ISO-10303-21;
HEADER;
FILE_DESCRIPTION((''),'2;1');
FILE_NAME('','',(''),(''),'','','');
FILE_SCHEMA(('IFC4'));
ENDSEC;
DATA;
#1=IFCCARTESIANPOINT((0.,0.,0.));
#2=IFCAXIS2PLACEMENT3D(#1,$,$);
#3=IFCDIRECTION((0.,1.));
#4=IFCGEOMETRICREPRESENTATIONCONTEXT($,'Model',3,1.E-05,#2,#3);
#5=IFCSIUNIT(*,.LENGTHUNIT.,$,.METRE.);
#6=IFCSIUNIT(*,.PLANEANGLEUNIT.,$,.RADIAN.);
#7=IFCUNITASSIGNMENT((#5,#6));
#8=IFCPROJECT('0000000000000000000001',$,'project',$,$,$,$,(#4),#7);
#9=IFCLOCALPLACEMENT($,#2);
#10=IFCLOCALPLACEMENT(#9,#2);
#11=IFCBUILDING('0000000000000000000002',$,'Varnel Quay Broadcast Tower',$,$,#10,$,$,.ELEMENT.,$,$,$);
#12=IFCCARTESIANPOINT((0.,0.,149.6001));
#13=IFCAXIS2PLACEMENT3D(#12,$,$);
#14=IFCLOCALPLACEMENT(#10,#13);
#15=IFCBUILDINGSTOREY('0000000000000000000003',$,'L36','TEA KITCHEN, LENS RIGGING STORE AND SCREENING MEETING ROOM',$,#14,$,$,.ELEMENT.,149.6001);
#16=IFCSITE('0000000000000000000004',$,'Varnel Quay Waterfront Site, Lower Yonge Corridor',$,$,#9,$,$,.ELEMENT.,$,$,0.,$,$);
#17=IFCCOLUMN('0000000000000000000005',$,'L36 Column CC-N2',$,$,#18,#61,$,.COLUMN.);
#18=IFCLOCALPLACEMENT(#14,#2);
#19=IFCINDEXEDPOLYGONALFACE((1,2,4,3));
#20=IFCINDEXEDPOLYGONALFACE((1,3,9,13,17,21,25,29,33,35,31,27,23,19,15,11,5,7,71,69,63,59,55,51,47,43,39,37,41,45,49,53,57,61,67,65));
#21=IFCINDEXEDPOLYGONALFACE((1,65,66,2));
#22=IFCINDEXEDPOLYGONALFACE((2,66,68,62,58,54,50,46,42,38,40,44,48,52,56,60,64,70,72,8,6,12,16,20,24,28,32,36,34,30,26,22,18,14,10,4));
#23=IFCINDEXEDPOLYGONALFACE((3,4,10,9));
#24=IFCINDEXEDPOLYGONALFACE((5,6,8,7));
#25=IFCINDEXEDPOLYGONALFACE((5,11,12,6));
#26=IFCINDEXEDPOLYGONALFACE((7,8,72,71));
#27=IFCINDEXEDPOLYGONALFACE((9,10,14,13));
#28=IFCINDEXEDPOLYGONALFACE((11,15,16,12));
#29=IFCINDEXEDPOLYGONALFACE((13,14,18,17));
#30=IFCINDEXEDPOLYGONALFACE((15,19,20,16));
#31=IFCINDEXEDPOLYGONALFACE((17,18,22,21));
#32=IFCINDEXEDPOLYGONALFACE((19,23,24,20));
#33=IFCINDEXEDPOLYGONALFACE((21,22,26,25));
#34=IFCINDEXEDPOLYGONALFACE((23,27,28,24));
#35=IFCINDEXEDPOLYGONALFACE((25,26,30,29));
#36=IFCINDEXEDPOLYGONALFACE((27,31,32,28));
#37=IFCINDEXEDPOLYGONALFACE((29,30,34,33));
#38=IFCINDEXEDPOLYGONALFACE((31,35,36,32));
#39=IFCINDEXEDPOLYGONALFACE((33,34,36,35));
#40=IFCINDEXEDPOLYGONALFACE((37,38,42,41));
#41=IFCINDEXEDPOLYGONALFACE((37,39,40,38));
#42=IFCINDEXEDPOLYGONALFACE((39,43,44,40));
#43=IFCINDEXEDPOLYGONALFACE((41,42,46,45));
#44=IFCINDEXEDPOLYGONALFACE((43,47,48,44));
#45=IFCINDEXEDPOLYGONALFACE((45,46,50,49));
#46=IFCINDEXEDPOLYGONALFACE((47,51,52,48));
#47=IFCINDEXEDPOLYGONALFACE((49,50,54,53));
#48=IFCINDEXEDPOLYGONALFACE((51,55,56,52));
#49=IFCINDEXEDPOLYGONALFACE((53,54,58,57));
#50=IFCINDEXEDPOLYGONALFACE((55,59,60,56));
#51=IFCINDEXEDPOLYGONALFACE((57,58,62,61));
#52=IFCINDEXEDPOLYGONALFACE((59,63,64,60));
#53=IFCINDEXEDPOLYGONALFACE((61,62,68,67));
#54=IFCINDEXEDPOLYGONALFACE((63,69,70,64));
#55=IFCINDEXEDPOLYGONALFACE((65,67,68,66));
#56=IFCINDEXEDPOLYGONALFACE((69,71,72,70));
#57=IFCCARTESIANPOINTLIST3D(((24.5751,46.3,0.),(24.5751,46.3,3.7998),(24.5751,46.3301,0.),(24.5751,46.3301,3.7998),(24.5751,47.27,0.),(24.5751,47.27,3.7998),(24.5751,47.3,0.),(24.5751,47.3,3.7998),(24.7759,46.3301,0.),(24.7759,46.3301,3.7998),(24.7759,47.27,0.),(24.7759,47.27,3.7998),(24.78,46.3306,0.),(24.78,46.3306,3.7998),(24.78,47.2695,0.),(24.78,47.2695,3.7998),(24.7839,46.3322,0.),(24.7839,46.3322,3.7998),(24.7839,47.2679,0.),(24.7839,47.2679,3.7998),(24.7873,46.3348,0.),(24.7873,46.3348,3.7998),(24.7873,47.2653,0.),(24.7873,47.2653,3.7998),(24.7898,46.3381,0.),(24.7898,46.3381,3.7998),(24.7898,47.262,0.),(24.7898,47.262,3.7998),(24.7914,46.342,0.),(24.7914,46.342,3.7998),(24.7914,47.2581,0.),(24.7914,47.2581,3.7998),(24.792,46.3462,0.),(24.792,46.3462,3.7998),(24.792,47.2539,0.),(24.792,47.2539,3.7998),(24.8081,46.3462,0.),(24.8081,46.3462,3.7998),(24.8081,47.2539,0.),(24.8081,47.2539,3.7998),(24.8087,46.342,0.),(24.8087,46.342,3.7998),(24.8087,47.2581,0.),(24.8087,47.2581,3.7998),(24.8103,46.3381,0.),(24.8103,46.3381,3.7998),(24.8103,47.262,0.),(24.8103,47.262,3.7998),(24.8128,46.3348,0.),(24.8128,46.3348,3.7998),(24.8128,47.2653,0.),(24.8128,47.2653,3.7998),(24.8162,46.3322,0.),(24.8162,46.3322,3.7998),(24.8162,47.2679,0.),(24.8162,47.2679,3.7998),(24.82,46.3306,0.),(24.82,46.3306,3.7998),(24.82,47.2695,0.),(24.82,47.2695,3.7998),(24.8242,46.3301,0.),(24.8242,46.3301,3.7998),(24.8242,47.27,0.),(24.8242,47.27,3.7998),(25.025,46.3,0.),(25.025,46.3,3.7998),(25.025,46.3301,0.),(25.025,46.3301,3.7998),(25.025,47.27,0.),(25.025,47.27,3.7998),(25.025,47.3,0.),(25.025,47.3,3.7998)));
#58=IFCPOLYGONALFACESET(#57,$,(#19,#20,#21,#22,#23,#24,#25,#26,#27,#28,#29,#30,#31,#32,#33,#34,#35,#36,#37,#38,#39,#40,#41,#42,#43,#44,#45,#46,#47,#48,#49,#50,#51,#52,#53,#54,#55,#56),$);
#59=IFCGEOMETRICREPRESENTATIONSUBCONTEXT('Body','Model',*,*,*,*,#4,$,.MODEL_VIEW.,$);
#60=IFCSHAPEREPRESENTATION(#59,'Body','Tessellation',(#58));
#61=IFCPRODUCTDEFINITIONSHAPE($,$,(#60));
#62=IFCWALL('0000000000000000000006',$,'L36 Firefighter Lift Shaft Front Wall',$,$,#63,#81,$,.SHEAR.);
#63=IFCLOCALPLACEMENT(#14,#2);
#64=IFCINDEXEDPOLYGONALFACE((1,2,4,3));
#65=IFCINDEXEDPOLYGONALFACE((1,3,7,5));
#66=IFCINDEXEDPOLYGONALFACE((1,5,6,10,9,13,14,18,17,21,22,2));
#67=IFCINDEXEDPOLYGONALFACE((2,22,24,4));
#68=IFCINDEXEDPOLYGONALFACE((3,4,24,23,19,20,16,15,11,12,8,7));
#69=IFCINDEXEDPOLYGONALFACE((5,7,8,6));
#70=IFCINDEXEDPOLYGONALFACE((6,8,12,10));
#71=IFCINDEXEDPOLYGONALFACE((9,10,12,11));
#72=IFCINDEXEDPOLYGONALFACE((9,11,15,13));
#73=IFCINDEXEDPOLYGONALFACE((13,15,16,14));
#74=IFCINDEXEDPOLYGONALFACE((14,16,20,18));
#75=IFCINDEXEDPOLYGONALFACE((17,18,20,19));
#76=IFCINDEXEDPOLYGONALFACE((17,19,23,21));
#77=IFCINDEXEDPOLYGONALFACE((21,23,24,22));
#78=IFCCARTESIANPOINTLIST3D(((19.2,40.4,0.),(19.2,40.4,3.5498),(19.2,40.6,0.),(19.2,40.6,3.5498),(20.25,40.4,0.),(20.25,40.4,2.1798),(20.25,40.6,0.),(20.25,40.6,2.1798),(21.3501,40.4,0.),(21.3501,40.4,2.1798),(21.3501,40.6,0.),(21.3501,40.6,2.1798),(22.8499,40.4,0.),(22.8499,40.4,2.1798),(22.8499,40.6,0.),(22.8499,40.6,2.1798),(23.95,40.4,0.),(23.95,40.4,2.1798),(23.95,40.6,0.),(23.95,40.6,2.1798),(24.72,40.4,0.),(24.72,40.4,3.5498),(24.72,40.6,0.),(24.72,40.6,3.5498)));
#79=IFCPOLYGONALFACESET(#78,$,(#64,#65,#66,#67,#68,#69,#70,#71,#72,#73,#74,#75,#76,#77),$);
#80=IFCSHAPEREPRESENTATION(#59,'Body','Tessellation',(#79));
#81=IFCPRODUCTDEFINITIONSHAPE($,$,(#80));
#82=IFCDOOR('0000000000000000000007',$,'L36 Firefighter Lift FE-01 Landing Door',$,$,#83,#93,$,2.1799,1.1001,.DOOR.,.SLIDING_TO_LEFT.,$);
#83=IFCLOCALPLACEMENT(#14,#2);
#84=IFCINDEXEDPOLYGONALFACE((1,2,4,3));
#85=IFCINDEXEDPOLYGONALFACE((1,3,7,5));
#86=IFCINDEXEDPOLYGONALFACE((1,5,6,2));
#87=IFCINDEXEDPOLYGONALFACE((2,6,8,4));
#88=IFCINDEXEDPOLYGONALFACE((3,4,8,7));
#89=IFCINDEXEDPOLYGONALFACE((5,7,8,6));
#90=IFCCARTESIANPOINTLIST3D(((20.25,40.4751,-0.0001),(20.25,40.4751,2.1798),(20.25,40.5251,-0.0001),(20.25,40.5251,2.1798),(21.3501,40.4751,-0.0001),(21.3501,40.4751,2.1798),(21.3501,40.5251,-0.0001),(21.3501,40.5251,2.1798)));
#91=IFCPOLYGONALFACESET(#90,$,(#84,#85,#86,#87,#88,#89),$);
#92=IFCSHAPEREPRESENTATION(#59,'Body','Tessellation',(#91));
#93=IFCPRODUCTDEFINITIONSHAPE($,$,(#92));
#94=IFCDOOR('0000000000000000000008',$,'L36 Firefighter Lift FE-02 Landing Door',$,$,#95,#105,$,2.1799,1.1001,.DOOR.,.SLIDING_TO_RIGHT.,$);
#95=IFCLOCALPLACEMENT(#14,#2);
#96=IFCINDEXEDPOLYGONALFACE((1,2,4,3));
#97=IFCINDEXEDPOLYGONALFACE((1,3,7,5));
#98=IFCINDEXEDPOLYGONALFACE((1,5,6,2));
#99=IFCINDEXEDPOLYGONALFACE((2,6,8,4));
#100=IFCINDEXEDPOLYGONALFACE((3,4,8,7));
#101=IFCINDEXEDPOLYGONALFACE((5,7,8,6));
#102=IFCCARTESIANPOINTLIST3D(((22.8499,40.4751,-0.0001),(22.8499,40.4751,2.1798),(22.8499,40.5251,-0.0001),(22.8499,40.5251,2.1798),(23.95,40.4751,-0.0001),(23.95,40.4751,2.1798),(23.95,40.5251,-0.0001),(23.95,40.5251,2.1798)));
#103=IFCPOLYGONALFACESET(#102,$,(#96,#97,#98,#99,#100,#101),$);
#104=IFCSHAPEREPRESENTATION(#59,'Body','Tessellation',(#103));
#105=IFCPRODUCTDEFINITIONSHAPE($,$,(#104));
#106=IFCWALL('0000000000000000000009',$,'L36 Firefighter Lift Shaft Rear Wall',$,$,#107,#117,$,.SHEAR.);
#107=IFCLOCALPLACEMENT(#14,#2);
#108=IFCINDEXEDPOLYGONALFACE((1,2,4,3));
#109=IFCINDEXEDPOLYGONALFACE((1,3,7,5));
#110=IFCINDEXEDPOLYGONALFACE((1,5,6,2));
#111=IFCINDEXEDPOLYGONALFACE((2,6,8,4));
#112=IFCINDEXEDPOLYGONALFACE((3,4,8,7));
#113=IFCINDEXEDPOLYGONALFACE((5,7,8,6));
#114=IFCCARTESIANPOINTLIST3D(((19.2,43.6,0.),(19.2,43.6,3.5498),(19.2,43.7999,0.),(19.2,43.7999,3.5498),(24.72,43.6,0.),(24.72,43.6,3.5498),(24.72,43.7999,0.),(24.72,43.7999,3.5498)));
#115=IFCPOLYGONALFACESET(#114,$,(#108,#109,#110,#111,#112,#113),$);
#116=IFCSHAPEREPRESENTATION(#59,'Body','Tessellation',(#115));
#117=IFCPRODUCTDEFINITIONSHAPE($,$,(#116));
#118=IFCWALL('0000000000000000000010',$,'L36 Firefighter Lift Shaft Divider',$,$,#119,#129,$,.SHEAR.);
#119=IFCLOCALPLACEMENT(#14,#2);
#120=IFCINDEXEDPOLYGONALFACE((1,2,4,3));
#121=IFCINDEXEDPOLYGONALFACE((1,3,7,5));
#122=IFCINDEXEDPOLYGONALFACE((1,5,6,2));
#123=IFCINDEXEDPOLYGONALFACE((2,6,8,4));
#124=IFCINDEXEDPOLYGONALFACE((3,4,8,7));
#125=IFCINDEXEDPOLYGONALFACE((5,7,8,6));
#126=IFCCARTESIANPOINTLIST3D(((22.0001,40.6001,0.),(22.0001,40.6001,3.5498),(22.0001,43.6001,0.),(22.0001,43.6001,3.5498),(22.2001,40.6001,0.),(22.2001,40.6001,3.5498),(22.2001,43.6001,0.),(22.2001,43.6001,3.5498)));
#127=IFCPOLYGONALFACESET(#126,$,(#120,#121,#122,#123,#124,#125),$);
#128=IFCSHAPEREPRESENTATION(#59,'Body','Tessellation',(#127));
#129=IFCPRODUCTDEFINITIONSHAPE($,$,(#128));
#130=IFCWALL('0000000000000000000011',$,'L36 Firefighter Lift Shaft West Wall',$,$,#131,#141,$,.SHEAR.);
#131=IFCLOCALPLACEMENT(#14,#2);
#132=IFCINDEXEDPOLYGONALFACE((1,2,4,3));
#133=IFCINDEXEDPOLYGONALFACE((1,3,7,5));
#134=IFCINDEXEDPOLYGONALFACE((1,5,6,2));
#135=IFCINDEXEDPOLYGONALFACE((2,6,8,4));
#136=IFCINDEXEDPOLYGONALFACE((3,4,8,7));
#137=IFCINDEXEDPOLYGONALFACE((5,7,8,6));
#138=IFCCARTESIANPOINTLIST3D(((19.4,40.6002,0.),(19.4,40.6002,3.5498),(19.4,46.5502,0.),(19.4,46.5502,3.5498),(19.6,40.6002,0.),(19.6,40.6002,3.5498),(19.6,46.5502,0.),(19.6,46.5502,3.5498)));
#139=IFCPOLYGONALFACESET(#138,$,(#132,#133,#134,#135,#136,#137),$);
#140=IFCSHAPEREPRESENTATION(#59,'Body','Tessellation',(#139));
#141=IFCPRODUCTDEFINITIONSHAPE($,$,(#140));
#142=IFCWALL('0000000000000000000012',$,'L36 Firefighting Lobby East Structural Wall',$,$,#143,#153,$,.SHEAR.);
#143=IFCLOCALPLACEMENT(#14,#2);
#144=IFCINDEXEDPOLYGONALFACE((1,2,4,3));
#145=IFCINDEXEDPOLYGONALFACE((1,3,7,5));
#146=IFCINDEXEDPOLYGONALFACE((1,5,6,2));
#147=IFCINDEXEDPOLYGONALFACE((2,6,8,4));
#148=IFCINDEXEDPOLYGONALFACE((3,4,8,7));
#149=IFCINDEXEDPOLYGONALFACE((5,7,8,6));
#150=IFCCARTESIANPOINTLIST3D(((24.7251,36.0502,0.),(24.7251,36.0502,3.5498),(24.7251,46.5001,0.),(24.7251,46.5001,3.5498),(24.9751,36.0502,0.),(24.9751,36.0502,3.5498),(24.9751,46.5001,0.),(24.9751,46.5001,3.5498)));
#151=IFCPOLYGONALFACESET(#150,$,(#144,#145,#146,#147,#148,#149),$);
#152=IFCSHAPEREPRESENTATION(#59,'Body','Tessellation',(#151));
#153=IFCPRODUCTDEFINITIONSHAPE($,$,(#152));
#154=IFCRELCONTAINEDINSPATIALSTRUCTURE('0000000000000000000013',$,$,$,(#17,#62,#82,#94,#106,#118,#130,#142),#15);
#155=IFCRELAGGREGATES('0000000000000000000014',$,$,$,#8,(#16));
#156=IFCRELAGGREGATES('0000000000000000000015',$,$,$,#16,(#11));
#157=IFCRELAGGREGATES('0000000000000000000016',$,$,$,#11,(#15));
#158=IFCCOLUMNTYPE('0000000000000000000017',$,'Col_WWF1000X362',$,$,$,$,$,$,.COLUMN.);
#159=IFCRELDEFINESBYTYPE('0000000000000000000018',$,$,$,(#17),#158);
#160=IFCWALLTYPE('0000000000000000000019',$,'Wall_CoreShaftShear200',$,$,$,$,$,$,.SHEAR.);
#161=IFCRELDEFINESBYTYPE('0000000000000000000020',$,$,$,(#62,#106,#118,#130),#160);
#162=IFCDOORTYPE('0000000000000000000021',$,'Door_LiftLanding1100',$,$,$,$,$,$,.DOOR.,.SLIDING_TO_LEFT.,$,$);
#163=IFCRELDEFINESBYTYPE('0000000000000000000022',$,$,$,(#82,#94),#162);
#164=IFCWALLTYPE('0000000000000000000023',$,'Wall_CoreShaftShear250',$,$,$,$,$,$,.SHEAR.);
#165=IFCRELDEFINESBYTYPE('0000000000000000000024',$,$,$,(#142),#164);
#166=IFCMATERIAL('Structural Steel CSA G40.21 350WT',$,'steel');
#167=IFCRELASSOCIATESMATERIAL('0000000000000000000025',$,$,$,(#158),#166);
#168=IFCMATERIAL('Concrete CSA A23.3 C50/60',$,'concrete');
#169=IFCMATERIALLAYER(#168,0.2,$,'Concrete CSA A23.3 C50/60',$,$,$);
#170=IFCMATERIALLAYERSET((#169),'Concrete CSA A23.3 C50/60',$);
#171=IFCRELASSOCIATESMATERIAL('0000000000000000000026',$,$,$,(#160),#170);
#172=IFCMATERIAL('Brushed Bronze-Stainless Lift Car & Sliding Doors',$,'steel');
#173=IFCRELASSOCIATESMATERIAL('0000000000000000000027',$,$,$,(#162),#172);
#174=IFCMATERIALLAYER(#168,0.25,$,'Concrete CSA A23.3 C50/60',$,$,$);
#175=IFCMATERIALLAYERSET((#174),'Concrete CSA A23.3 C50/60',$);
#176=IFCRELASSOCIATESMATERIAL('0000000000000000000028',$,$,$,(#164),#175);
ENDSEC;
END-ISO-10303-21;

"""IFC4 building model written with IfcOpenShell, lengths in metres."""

from ifc_helpers import new_model, si_unit, direction, frame, frame_2d, origin, origin_2d, place, context, subcontext, project, spatial, rectangle, i_section, extrude, source, transform, mapped, material, layer, layer_set, material_profile, profile_set, type_object, type_shapes, element, fill, save


model = new_model("IFC4")

# Units and contexts
model_context = context("Model", 3, precision=1e-05, world=origin(), true_north=direction((0.0, 1.0)))
body_context = subcontext(model_context, "Body", "Model", "MODEL_VIEW")
ifc_project = project(units=[si_unit("LENGTHUNIT", "METRE"), si_unit("PLANEANGLEUNIT", "RADIAN")], contexts=[model_context])

# Site, building, storey
site_placement = place(None, origin())
site = spatial("IfcSite", under=ifc_project, at=site_placement, Name="Varnel Quay Waterfront Site, Lower Yonge Corridor", CompositionType="ELEMENT", RefElevation=0.0)
building_placement = place(site_placement, origin())
building = spatial("IfcBuilding", under=site, at=building_placement, Name="Varnel Quay Broadcast Tower", CompositionType="ELEMENT")
storey_placement = place(building_placement, frame((0.0, 0.0, 149.6001)))
storey = spatial("IfcBuildingStorey", under=building, at=storey_placement, Name="L36", Description="TEA KITCHEN, LENS RIGGING STORE AND SCREENING MEETING ROOM", CompositionType="ELEMENT", Elevation=149.6001)

# Column
ifc_material_1 = material(Name="Structural Steel CSA G40.21 350WT", Category="steel")
ifc_material_profile = material_profile(ifc_material_1, i_section(OverallWidth=0.45, OverallDepth=1.0, WebThickness=0.0161, FlangeThickness=0.03, FilletRadius=0.0161, at=origin_2d()), Name="WWF1000X362")
ifc_profile_set = profile_set([ifc_material_profile], Name="Structural Steel CSA G40.21 350WT")
column_type = type_object("IfcColumnType", Name="Col_WWF1000X362", PredefinedType="COLUMN", material=ifc_profile_set)
shared_shape_1 = source(origin(), body_context, "Body", "SweptSolid", [
    extrude(i_section(OverallWidth=0.45, OverallDepth=1.0, WebThickness=0.0161, FlangeThickness=0.03, FilletRadius=0.0161, at=origin_2d()), origin(), (0.0, 0.0, 1.0), 3.7998),
])
type_shapes(column_type, [shared_shape_1])
column_placement = place(storey_placement, frame((24.8, 46.8, 0.0), z_axis=(0.0, 0.0, 1.0), x_axis=(1.0, 0.0, 0.0)))
element("IfcColumn", 1, at=column_placement, inside=storey, type_object=column_type, Name="L36 Column CC-N2", PredefinedType="COLUMN", context=body_context, shape_type="MappedRepresentation", body=[
    mapped(shared_shape_1, transform((0.0, 0.0, 0.0), x_axis=(1.0, 0.0, 0.0), y_axis=(0.0, 1.0, 0.0), z_axis=(0.0, 0.0, 1.0), scale=1.0)),
])

# Wall, openings, doors
ifc_material_2 = material(Name="Concrete CSA A23.3 C50/60", Category="concrete")
ifc_layer_1 = layer(ifc_material_2, 0.2, Name="Concrete CSA A23.3 C50/60")
ifc_layer_set_1 = layer_set([ifc_layer_1], Name="Concrete CSA A23.3 C50/60")
wall_type_1 = type_object("IfcWallType", Name="Wall_CoreShaftShear200", PredefinedType="SHEAR", material=ifc_layer_set_1)
wall_1_placement = place(storey_placement, frame((19.2, 40.5, 0.0), z_axis=(0.0, 0.0, 1.0), x_axis=(1.0, 0.0, 0.0)))
wall_1 = element("IfcWall", 2, at=wall_1_placement, inside=storey, type_object=wall_type_1, Name="L36 Firefighter Lift Shaft Front Wall", PredefinedType="SHEAR", context=body_context, shape_type="SweptSolid", body=[
    extrude(rectangle(XDim=5.52, YDim=0.2, at=frame_2d((2.76, 0.0))), origin(), (0.0, 0.0, 1.0), 3.5498),
])
opening_1_placement = place(wall_1_placement, frame((1.05, 0.0, 0.0)))
opening_1 = element("IfcOpeningElement", 3, at=opening_1_placement, cuts=wall_1, PredefinedType="OPENING", context=body_context, shape_type="SweptSolid", body=[
    extrude(rectangle(XDim=1.1001, YDim=2.1799, at=frame_2d((0.55, 1.0898))), frame((0.0, 0.1099, 0.0), z_axis=(0.0, -1.0, 0.0), x_axis=(1.0, 0.0, 0.0)), (0.0, 0.0, 1.0), 0.22),
])
opening_2_placement = place(wall_1_placement, frame((3.6499, 0.0, 0.0)))
opening_2 = element("IfcOpeningElement", 4, at=opening_2_placement, cuts=wall_1, PredefinedType="OPENING", context=body_context, shape_type="SweptSolid", body=[
    extrude(rectangle(XDim=1.1001, YDim=2.1799, at=frame_2d((0.55, 1.0898))), frame((0.0, 0.1099, 0.0), z_axis=(0.0, -1.0, 0.0), x_axis=(1.0, 0.0, 0.0)), (0.0, 0.0, 1.0), 0.22),
])
ifc_material_3 = material(Name="Brushed Bronze-Stainless Lift Car & Sliding Doors", Category="steel")
door_type_1 = type_object("IfcDoorType", Name="Door_LiftLanding1100", OperationType="SLIDING_TO_LEFT", PredefinedType="DOOR", material=ifc_material_3)
shared_shape_2 = source(origin(), body_context, "Body", "SweptSolid", [
    extrude(rectangle(XDim=1.1001, YDim=2.1799, at=frame_2d((0.55, 1.0898))), frame((0.0, 0.0249, 0.0), z_axis=(0.0, -1.0, 0.0), x_axis=(1.0, 0.0, 0.0)), (0.0, 0.0, 1.0), 0.05),
])
type_shapes(door_type_1, [shared_shape_2])
door_1_placement = place(opening_1_placement, frame((1.1001, 0.0, 0.0), z_axis=(0.0, 0.0, 1.0), x_axis=(-1.0, 0.0, 0.0)))
door_1 = element("IfcDoor", 5, at=door_1_placement, inside=storey, type_object=door_type_1, Name="L36 Firefighter Lift FE-01 Landing Door", OperationType="SLIDING_TO_LEFT", OverallHeight=2.1799, OverallWidth=1.1001, PredefinedType="DOOR", context=body_context, shape_type="MappedRepresentation", body=[
    mapped(shared_shape_2, transform((0.0, 0.0, 0.0), x_axis=(1.0, 0.0, 0.0), y_axis=(0.0, 1.0, 0.0), z_axis=(0.0, 0.0, 1.0), scale=1.0)),
])
fill(opening_1, door_1)
door_2_placement = place(opening_2_placement, frame((1.1001, 0.0, 0.0), z_axis=(0.0, 0.0, 1.0), x_axis=(-1.0, 0.0, 0.0)))
door_2 = element("IfcDoor", 6, at=door_2_placement, inside=storey, type_object=door_type_1, Name="L36 Firefighter Lift FE-02 Landing Door", OperationType="SLIDING_TO_RIGHT", OverallHeight=2.1799, OverallWidth=1.1001, PredefinedType="DOOR", context=body_context, shape_type="MappedRepresentation", body=[
    mapped(shared_shape_2, transform((0.0, 0.0, 0.0), x_axis=(1.0, 0.0, 0.0), y_axis=(0.0, 1.0, 0.0), z_axis=(0.0, 0.0, 1.0), scale=1.0)),
])
fill(opening_2, door_2)

# Walls
wall_2_placement = place(storey_placement, frame((19.2, 43.7, 0.0), z_axis=(0.0, 0.0, 1.0), x_axis=(1.0, 0.0, 0.0)))
element("IfcWall", 7, at=wall_2_placement, inside=storey, type_object=wall_type_1, Name="L36 Firefighter Lift Shaft Rear Wall", PredefinedType="SHEAR", context=body_context, shape_type="SweptSolid", body=[
    extrude(rectangle(XDim=5.52, YDim=0.2, at=frame_2d((2.76, 0.0))), origin(), (0.0, 0.0, 1.0), 3.5498),
])
wall_3_placement = place(storey_placement, frame((22.1001, 40.6001, 0.0), z_axis=(0.0, 0.0, 1.0), x_axis=(0.0, 1.0, 0.0)))
element("IfcWall", 8, at=wall_3_placement, inside=storey, type_object=wall_type_1, Name="L36 Firefighter Lift Shaft Divider", PredefinedType="SHEAR", context=body_context, shape_type="SweptSolid", body=[
    extrude(rectangle(XDim=3.0, YDim=0.2, at=frame_2d((1.5, 0.0))), origin(), (0.0, 0.0, 1.0), 3.5498),
])
wall_4_placement = place(storey_placement, frame((19.5, 40.6001, 0.0), z_axis=(0.0, 0.0, 1.0), x_axis=(0.0, 1.0, 0.0)))
element("IfcWall", 9, at=wall_4_placement, inside=storey, type_object=wall_type_1, Name="L36 Firefighter Lift Shaft West Wall", PredefinedType="SHEAR", context=body_context, shape_type="SweptSolid", body=[
    extrude(rectangle(XDim=5.95, YDim=0.2, at=frame_2d((2.9751, 0.0))), origin(), (0.0, 0.0, 1.0), 3.5498),
])
ifc_layer_2 = layer(ifc_material_2, 0.25, Name="Concrete CSA A23.3 C50/60")
ifc_layer_set_2 = layer_set([ifc_layer_2], Name="Concrete CSA A23.3 C50/60")
wall_type_2 = type_object("IfcWallType", Name="Wall_CoreShaftShear250", PredefinedType="SHEAR", material=ifc_layer_set_2)
wall_5_placement = place(storey_placement, frame((24.8501, 36.05, 0.0), z_axis=(0.0, 0.0, 1.0), x_axis=(0.0, 1.0, 0.0)))
element("IfcWall", 10, at=wall_5_placement, inside=storey, type_object=wall_type_2, Name="L36 Firefighting Lobby East Structural Wall", PredefinedType="SHEAR", context=body_context, shape_type="SweptSolid", body=[
    extrude(rectangle(XDim=10.45, YDim=0.25, at=frame_2d((5.2251, 0.0))), origin(), (0.0, 0.0, 1.0), 3.5498),
])

save(model, "model.ifc")
